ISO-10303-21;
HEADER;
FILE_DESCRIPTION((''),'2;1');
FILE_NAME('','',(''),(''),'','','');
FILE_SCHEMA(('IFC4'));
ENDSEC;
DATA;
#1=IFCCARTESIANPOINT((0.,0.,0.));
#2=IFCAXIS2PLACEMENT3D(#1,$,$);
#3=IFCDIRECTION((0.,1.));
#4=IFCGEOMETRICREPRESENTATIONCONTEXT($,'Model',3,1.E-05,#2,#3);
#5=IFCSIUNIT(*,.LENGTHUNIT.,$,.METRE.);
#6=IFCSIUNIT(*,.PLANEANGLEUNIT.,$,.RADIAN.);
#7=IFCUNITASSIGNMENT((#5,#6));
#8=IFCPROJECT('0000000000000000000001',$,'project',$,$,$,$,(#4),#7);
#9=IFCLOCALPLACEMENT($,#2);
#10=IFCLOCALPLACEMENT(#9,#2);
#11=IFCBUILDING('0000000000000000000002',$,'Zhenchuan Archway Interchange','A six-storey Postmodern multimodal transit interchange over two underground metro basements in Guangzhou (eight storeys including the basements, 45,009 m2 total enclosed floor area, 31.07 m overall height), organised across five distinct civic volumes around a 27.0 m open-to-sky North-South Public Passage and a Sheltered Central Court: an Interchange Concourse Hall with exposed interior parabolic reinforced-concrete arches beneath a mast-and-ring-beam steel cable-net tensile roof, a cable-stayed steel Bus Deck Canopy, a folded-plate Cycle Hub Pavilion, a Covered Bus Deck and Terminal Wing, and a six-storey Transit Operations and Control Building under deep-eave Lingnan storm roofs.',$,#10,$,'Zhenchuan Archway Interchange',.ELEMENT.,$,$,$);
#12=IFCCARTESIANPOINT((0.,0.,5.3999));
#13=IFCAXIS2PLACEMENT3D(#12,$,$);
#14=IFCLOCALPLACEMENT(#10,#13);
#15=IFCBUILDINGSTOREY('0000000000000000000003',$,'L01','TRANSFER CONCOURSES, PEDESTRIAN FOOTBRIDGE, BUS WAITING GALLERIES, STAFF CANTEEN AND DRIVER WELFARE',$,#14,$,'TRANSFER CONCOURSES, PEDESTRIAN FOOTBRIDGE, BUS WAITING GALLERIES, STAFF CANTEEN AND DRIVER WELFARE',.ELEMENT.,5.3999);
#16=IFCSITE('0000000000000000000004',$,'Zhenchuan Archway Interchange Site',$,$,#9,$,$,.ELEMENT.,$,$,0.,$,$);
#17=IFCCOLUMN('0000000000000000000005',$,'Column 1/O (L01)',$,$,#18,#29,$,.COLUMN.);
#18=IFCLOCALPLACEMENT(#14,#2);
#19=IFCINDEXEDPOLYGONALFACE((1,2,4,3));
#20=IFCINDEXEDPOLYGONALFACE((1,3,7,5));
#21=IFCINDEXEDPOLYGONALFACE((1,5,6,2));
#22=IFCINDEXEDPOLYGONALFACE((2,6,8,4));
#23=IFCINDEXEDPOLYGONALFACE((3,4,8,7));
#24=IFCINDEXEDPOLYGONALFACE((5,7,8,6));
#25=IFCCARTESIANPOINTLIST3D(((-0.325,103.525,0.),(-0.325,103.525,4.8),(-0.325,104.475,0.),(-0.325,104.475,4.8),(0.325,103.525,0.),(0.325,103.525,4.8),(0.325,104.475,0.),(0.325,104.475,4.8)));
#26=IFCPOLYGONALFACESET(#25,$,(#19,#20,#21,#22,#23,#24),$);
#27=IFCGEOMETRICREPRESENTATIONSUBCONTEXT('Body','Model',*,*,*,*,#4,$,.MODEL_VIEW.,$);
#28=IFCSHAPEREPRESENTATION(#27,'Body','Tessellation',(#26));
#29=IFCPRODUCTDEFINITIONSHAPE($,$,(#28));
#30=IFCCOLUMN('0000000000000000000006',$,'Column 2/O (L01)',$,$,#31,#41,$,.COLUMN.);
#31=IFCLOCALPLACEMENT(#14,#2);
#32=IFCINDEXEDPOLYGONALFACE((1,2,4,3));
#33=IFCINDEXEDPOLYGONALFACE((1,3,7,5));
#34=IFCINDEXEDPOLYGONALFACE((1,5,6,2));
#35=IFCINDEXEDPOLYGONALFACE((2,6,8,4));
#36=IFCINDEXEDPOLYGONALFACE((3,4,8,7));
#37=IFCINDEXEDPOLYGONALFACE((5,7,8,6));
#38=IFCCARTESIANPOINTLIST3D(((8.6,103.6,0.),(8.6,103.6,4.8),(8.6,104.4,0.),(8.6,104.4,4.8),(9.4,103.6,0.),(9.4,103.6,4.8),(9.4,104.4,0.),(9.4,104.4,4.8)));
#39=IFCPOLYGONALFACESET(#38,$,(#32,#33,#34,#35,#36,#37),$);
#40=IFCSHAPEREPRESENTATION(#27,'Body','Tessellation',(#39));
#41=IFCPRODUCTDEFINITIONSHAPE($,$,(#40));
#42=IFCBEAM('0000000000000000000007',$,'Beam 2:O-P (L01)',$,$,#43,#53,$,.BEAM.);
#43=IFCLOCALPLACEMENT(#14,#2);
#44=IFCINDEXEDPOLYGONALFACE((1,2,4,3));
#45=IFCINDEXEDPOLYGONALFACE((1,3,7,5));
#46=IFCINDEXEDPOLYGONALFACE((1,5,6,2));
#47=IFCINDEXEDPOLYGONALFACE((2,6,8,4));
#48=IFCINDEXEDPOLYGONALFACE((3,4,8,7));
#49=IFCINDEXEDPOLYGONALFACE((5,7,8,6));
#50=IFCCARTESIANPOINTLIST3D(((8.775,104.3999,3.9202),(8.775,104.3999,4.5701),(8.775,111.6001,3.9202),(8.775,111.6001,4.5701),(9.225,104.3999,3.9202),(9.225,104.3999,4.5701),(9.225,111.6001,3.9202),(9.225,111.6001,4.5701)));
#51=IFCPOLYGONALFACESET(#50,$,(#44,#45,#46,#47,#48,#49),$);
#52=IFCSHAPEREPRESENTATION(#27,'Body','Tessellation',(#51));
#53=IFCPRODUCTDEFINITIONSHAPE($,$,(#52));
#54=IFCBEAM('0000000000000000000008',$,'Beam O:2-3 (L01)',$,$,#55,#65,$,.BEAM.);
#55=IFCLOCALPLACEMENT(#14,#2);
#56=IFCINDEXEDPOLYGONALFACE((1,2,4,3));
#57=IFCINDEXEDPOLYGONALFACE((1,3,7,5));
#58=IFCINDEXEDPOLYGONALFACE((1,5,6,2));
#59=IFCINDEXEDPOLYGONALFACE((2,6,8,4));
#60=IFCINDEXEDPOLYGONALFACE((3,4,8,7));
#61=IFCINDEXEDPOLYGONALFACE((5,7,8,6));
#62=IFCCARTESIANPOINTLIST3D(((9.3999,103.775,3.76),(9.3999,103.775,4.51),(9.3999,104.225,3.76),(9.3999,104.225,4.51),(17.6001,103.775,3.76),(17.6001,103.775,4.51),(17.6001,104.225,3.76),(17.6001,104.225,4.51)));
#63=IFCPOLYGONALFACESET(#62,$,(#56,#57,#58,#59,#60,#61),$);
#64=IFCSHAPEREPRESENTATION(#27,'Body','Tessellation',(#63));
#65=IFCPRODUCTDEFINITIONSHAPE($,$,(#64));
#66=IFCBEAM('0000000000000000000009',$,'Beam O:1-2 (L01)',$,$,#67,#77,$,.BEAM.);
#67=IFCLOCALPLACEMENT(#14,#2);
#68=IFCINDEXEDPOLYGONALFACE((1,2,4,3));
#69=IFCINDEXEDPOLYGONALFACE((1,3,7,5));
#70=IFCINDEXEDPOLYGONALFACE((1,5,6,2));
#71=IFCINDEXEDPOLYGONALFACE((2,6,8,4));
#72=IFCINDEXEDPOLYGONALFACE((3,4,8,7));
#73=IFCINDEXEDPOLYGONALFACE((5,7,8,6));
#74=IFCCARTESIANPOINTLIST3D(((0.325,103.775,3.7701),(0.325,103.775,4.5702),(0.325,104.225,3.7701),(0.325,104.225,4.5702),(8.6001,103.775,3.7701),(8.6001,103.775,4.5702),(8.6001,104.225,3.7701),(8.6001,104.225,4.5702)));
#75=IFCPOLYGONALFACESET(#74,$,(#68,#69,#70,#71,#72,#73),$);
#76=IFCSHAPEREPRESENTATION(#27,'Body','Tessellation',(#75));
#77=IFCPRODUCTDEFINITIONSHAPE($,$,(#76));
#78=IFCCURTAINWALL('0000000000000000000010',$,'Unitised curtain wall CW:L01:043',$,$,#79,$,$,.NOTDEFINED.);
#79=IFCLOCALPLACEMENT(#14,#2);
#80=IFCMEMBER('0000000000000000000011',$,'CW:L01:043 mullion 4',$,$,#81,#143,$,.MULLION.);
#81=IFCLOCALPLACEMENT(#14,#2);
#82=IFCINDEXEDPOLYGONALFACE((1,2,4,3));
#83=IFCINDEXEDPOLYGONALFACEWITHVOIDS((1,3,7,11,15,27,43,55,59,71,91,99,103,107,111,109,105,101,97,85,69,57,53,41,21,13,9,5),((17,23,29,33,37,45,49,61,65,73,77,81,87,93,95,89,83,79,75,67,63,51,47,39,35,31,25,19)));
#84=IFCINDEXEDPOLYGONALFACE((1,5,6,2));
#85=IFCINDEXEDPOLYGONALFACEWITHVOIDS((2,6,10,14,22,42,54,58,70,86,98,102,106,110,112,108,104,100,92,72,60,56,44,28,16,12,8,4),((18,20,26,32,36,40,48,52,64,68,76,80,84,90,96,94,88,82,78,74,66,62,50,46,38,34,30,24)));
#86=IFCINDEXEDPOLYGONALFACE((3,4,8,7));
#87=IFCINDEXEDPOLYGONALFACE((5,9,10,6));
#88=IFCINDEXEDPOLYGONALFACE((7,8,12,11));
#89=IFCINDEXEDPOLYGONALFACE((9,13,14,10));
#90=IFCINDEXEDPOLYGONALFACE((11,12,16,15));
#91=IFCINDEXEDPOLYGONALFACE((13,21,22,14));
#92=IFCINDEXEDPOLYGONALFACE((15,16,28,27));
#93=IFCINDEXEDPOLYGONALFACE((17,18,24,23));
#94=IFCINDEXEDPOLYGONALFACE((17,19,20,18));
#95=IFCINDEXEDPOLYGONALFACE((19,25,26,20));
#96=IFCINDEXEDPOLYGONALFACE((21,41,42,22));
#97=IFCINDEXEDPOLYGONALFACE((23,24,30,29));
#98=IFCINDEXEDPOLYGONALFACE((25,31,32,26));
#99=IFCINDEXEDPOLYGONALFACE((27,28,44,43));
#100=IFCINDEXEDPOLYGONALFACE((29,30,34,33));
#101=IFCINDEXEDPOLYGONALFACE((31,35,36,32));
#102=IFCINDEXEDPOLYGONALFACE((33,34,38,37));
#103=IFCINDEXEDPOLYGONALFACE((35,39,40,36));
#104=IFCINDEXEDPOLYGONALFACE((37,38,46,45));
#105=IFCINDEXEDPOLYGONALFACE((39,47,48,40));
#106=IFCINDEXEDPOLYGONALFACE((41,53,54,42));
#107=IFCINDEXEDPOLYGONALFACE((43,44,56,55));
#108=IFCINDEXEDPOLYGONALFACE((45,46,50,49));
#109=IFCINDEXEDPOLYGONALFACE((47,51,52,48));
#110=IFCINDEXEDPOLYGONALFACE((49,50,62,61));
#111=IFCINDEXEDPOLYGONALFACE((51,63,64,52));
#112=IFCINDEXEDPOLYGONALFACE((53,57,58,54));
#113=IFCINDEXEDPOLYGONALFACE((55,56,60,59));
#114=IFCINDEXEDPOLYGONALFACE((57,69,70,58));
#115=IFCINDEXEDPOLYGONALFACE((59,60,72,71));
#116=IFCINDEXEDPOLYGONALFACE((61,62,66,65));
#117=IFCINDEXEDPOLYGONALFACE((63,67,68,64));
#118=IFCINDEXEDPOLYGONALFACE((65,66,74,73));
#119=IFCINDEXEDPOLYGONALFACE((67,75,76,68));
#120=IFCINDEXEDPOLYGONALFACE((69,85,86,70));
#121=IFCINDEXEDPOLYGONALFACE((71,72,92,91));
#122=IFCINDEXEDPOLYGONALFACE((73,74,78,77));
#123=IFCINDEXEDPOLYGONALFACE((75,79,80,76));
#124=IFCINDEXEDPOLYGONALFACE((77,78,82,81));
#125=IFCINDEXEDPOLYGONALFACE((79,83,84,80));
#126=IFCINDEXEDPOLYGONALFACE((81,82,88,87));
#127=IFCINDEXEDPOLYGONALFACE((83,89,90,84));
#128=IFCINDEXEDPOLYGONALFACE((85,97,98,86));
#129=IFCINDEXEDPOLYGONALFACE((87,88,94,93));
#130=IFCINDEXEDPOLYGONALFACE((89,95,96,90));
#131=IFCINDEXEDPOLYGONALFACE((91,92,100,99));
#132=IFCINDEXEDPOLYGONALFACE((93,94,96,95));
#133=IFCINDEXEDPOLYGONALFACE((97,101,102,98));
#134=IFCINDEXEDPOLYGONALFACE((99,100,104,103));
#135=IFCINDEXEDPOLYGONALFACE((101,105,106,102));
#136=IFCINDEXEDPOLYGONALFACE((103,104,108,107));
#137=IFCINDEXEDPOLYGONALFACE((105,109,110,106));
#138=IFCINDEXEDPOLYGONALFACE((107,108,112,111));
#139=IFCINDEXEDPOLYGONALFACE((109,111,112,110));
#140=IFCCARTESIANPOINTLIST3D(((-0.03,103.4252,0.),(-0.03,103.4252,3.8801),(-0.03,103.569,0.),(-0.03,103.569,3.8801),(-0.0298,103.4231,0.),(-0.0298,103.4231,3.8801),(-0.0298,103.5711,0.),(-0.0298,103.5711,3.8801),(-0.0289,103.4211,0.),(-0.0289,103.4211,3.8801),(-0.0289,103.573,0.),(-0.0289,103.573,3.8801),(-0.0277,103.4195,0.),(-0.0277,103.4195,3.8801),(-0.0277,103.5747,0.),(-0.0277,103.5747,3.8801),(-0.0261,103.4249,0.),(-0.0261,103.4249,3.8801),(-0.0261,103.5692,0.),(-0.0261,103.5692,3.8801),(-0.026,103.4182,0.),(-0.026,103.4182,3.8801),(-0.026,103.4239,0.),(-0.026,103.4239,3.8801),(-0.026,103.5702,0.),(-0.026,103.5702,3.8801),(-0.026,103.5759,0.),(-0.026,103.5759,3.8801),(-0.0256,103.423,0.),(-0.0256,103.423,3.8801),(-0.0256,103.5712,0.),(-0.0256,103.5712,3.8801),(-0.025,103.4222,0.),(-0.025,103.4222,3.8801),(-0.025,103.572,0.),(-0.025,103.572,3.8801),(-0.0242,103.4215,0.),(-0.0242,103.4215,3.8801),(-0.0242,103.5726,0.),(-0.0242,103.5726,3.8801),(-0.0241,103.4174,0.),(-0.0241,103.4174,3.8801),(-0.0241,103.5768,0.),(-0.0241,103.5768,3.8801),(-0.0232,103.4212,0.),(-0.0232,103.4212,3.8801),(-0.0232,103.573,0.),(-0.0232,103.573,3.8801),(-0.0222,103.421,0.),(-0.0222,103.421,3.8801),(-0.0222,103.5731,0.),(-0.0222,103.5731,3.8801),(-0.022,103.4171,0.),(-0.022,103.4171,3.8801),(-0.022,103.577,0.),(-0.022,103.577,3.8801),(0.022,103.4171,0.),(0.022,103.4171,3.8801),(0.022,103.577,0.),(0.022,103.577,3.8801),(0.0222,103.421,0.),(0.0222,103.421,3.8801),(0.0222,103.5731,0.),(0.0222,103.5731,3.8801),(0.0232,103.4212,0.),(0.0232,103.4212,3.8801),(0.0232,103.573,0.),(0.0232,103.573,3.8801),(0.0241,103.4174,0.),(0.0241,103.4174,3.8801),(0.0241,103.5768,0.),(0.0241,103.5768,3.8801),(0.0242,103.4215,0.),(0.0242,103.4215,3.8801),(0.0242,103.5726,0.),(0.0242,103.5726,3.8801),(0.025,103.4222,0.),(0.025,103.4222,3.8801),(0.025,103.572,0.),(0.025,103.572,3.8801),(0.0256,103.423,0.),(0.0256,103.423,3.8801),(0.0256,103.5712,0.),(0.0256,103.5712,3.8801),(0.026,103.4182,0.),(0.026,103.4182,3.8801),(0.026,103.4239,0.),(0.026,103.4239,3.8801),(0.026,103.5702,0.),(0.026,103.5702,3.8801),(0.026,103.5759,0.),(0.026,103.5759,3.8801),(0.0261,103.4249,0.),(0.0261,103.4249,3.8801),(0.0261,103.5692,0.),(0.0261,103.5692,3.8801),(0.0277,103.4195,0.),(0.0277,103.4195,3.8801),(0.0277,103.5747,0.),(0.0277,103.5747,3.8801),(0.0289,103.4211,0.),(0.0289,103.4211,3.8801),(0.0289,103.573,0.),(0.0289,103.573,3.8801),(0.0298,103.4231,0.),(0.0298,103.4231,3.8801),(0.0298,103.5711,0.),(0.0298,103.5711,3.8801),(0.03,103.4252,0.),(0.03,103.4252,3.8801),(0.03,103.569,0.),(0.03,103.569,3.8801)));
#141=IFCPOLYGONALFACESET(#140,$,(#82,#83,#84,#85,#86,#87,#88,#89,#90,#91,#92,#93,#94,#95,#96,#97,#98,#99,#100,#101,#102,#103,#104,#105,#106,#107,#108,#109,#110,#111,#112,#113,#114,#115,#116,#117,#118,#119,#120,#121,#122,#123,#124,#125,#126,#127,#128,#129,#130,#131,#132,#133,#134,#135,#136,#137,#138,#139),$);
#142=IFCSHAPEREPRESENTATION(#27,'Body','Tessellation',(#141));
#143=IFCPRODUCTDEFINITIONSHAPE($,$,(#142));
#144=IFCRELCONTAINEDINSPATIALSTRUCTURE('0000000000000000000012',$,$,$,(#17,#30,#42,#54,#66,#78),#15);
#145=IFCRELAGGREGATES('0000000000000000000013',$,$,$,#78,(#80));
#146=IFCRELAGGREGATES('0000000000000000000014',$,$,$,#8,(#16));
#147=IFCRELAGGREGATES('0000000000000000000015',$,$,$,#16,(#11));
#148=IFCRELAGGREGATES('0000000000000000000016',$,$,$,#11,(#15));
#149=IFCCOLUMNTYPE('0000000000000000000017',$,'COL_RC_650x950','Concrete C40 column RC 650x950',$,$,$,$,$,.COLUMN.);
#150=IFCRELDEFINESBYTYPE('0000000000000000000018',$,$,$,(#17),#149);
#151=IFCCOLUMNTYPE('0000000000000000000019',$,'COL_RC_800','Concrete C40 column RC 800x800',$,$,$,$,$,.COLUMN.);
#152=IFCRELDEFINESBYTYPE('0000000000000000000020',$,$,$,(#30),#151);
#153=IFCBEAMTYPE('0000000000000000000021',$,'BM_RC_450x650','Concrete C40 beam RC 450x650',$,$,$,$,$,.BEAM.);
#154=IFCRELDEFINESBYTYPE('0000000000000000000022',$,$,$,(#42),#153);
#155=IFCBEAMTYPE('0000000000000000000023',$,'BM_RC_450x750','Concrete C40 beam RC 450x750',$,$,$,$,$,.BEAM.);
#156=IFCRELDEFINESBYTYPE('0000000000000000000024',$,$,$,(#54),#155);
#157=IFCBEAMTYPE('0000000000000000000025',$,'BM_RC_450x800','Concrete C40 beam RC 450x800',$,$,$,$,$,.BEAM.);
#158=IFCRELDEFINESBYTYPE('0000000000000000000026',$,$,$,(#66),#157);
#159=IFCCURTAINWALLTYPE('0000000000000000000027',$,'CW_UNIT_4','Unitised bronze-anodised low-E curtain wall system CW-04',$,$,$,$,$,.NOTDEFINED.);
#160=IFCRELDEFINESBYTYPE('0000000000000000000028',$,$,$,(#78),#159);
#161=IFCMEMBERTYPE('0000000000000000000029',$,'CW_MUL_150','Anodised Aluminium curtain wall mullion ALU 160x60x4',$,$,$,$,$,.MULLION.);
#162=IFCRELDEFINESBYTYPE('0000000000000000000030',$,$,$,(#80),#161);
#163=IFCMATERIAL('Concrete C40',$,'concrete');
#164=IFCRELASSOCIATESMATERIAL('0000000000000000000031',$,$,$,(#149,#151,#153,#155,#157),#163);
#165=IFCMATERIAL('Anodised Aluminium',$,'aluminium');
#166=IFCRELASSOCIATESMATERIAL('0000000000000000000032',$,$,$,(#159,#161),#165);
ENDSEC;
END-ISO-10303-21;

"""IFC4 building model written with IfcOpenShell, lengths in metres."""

from ifc_helpers import new_model, si_unit, direction, frame, origin, origin_2d, place, context, subcontext, project, spatial, rectangle, hollow_rectangle, extrude, material, material_profile, profile_set, type_object, element, aggregate, save


model = new_model("IFC4")

# Units and contexts
model_context = context("Model", 3, precision=1e-05, world=origin(), true_north=direction((0.0, 1.0)))
body_context = subcontext(model_context, "Body", "Model", "MODEL_VIEW")
ifc_project = project(units=[si_unit("LENGTHUNIT", "METRE"), si_unit("PLANEANGLEUNIT", "RADIAN")], contexts=[model_context])

# Site, building, storey
site_placement = place(None, origin())
site = spatial("IfcSite", under=ifc_project, at=site_placement, Name="Zhenchuan Archway Interchange Site", CompositionType="ELEMENT", RefElevation=0.0)
building_placement = place(site_placement, origin())
building = spatial("IfcBuilding", under=site, at=building_placement, Name="Zhenchuan Archway Interchange", Description="A six-storey Postmodern multimodal transit interchange over two underground metro basements in Guangzhou (eight storeys including the basements, 45,009 m2 total enclosed floor area, 31.07 m overall height), organised across five distinct civic volumes around a 27.0 m open-to-sky North-South Public Passage and a Sheltered Central Court: an Interchange Concourse Hall with exposed interior parabolic reinforced-concrete arches beneath a mast-and-ring-beam steel cable-net tensile roof, a cable-stayed steel Bus Deck Canopy, a folded-plate Cycle Hub Pavilion, a Covered Bus Deck and Terminal Wing, and a six-storey Transit Operations and Control Building under deep-eave Lingnan storm roofs.", LongName="Zhenchuan Archway Interchange", CompositionType="ELEMENT")
storey_placement = place(building_placement, frame((0.0, 0.0, 5.3999)))
storey = spatial("IfcBuildingStorey", under=building, at=storey_placement, Name="L01", Description="TRANSFER CONCOURSES, PEDESTRIAN FOOTBRIDGE, BUS WAITING GALLERIES, STAFF CANTEEN AND DRIVER WELFARE", LongName="TRANSFER CONCOURSES, PEDESTRIAN FOOTBRIDGE, BUS WAITING GALLERIES, STAFF CANTEEN AND DRIVER WELFARE", CompositionType="ELEMENT", Elevation=5.3999)

# Columns
ifc_material_1 = material(Name="Concrete C40", Category="concrete")
ifc_material_profile_1 = material_profile(ifc_material_1, rectangle(XDim=0.6499, YDim=0.95, at=origin_2d()), Name="RC 650x950")
ifc_profile_set_1 = profile_set([ifc_material_profile_1], Name="Concrete C40")
column_type_1 = type_object("IfcColumnType", Name="COL_RC_650x950", Description="Concrete C40 column RC 650x950", PredefinedType="COLUMN", material=ifc_profile_set_1)
column_1_placement = place(storey_placement, frame((0.0, 104.0, 0.0), z_axis=(0.0, 0.0, 1.0), x_axis=(1.0, 0.0, 0.0)))
element("IfcColumn", 1, at=column_1_placement, inside=storey, type_object=column_type_1, Name="Column 1/O (L01)", PredefinedType="COLUMN", context=body_context, shape_type="SweptSolid", body=[
    extrude(rectangle(XDim=0.6499, YDim=0.95, at=origin_2d()), origin(), (0.0, 0.0, 1.0), 4.8),
])
ifc_material_profile_2 = material_profile(ifc_material_1, rectangle(XDim=0.8, YDim=0.8, at=origin_2d()), Name="RC 800x800")
ifc_profile_set_2 = profile_set([ifc_material_profile_2], Name="Concrete C40")
column_type_2 = type_object("IfcColumnType", Name="COL_RC_800", Description="Concrete C40 column RC 800x800", PredefinedType="COLUMN", material=ifc_profile_set_2)
column_2_placement = place(storey_placement, frame((9.0, 104.0, 0.0), z_axis=(0.0, 0.0, 1.0), x_axis=(1.0, 0.0, 0.0)))
element("IfcColumn", 2, at=column_2_placement, inside=storey, type_object=column_type_2, Name="Column 2/O (L01)", PredefinedType="COLUMN", context=body_context, shape_type="SweptSolid", body=[
    extrude(rectangle(XDim=0.8, YDim=0.8, at=origin_2d()), origin(), (0.0, 0.0, 1.0), 4.8),
])

# Beams
ifc_material_profile_3 = material_profile(ifc_material_1, rectangle(XDim=0.45, YDim=0.6499, at=origin_2d()), Name="RC 450x650")
ifc_profile_set_3 = profile_set([ifc_material_profile_3], Name="Concrete C40")
beam_type_1 = type_object("IfcBeamType", Name="BM_RC_450x650", Description="Concrete C40 beam RC 450x650", PredefinedType="BEAM", material=ifc_profile_set_3)
beam_1_placement = place(storey_placement, frame((9.0, 104.3999, 4.2451), z_axis=(0.0, 1.0, 0.0), x_axis=(-1.0, 0.0, 0.0)))
element("IfcBeam", 3, at=beam_1_placement, inside=storey, type_object=beam_type_1, Name="Beam 2:O-P (L01)", PredefinedType="BEAM", context=body_context, shape_type="SweptSolid", body=[
    extrude(rectangle(XDim=0.45, YDim=0.6499, at=origin_2d()), origin(), (0.0, 0.0, 1.0), 7.2002),
])
ifc_material_profile_4 = material_profile(ifc_material_1, rectangle(XDim=0.45, YDim=0.75, at=origin_2d()), Name="RC 450x750")
ifc_profile_set_4 = profile_set([ifc_material_profile_4], Name="Concrete C40")
beam_type_2 = type_object("IfcBeamType", Name="BM_RC_450x750", Description="Concrete C40 beam RC 450x750", PredefinedType="BEAM", material=ifc_profile_set_4)
beam_2_placement = place(storey_placement, frame((9.3999, 104.0, 4.135), z_axis=(1.0, 0.0, 0.0), x_axis=(0.0, 1.0, 0.0)))
element("IfcBeam", 4, at=beam_2_placement, inside=storey, type_object=beam_type_2, Name="Beam O:2-3 (L01)", PredefinedType="BEAM", context=body_context, shape_type="SweptSolid", body=[
    extrude(rectangle(XDim=0.45, YDim=0.75, at=origin_2d()), origin(), (0.0, 0.0, 1.0), 8.2002),
])
ifc_material_profile_5 = material_profile(ifc_material_1, rectangle(XDim=0.45, YDim=0.8, at=origin_2d()), Name="RC 450x800")
ifc_profile_set_5 = profile_set([ifc_material_profile_5], Name="Concrete C40")
beam_type_3 = type_object("IfcBeamType", Name="BM_RC_450x800", Description="Concrete C40 beam RC 450x800", PredefinedType="BEAM", material=ifc_profile_set_5)
beam_3_placement = place(storey_placement, frame((0.325, 104.0, 4.1702), z_axis=(1.0, 0.0, 0.0), x_axis=(0.0, 1.0, 0.0)))
element("IfcBeam", 5, at=beam_3_placement, inside=storey, type_object=beam_type_3, Name="Beam O:1-2 (L01)", PredefinedType="BEAM", context=body_context, shape_type="SweptSolid", body=[
    extrude(rectangle(XDim=0.45, YDim=0.8, at=origin_2d()), origin(), (0.0, 0.0, 1.0), 8.2751),
])

# Curtain wall, member
ifc_material_2 = material(Name="Anodised Aluminium", Category="aluminium")
curtain_wall_type_1 = type_object("IfcCurtainWallType", Name="CW_UNIT_4", Description="Unitised bronze-anodised low-E curtain wall system CW-04", PredefinedType="NOTDEFINED", material=ifc_material_2)
curtain_wall_1_placement = place(storey_placement, origin())
curtain_wall_1 = element("IfcCurtainWall", 6, at=curtain_wall_1_placement, inside=storey, type_object=curtain_wall_type_1, Name="Unitised curtain wall CW:L01:043", PredefinedType="NOTDEFINED")
ifc_material_profile_6 = material_profile(ifc_material_2, hollow_rectangle(XDim=0.0601, YDim=0.1599, WallThickness=0.0039, InnerFilletRadius=0.0039, OuterFilletRadius=0.0081, at=origin_2d()), Name="ALU 160x60x4")
ifc_profile_set_6 = profile_set([ifc_material_profile_6], Name="Anodised Aluminium")
member_type_1 = type_object("IfcMemberType", Name="CW_MUL_150", Description="Anodised Aluminium curtain wall mullion ALU 160x60x4", PredefinedType="MULLION", material=ifc_profile_set_6)
member_1_placement = place(storey_placement, frame((0.0, 103.4971, 0.0), z_axis=(0.0, 0.0, 1.0), x_axis=(1.0, 0.0, 0.0)))
member_1 = element("IfcMember", 7, at=member_1_placement, type_object=member_type_1, Name="CW:L01:043 mullion 4", PredefinedType="MULLION", context=body_context, shape_type="SweptSolid", body=[
    extrude(hollow_rectangle(XDim=0.0601, YDim=0.1599, WallThickness=0.0039, InnerFilletRadius=0.0039, OuterFilletRadius=0.0081, at=origin_2d()), origin(), (0.0, 0.0, 1.0), 3.8801),
])

aggregate(curtain_wall_1, [member_1])

save(model, "model.ifc")
